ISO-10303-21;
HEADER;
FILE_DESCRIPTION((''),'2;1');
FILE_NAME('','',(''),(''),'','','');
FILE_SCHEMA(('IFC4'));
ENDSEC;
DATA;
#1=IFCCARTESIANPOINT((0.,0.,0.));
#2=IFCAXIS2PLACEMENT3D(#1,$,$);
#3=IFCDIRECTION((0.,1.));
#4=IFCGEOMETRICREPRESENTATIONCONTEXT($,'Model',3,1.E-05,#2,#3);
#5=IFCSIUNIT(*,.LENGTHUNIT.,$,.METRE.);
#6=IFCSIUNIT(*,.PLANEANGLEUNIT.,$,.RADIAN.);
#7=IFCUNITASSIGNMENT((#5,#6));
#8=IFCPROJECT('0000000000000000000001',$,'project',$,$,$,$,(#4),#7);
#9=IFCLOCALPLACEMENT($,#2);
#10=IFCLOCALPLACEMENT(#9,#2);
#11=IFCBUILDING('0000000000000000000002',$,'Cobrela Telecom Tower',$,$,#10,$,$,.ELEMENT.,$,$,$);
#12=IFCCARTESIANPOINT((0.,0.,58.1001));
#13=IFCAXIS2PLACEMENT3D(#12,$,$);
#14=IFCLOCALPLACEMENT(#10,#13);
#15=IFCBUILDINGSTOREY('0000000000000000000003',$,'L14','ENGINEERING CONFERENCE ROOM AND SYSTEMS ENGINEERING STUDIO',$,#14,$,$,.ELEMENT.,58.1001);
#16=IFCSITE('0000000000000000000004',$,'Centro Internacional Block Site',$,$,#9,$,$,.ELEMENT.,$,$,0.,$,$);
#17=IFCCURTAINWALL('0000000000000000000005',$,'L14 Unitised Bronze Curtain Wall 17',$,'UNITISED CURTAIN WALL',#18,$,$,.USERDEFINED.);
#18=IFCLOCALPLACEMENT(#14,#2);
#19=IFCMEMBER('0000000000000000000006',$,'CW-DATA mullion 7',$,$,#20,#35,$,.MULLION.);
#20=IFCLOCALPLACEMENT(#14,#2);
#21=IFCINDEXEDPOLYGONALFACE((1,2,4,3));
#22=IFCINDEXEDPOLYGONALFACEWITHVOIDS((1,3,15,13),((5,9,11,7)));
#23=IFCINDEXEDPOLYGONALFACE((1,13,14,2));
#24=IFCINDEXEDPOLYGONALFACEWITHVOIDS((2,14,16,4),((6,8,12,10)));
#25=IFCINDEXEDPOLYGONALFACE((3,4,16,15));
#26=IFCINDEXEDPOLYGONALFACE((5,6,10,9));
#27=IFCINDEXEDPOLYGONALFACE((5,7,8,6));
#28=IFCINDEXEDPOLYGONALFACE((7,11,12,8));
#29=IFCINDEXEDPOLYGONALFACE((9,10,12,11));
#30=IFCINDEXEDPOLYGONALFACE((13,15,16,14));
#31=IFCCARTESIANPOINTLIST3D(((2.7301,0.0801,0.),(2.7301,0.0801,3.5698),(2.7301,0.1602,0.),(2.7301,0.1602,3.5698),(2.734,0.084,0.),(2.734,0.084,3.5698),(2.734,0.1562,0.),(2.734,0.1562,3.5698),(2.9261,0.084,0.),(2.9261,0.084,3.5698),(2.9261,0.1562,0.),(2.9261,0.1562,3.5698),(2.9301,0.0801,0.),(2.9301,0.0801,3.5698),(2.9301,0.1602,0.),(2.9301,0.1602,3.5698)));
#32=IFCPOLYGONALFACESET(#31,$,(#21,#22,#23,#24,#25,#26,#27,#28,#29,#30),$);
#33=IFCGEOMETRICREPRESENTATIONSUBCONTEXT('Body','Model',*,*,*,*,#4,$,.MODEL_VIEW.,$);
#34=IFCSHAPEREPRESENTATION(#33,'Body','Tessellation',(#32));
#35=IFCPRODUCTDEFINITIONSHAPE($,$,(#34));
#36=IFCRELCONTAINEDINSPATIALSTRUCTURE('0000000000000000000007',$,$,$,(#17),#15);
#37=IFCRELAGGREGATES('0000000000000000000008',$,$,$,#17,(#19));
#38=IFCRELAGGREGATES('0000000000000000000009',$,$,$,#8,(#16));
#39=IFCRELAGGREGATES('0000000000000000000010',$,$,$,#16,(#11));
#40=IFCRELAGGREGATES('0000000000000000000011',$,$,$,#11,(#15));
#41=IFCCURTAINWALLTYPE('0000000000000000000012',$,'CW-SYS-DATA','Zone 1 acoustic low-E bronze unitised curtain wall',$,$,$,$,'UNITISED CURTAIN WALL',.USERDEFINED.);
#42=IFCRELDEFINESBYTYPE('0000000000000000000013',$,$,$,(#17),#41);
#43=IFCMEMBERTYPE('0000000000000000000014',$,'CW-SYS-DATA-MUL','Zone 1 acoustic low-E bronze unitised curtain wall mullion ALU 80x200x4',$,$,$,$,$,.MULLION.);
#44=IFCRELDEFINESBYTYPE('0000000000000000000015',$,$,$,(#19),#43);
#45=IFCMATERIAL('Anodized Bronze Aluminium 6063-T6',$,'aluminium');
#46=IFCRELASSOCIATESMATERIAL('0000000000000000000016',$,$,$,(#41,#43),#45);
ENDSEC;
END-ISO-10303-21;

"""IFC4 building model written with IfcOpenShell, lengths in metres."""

from ifc_helpers import new_model, si_unit, direction, frame, origin, origin_2d, place, context, subcontext, project, spatial, hollow_rectangle, extrude, material, material_profile, profile_set, type_object, element, aggregate, save


model = new_model("IFC4")

# Units and contexts
model_context = context("Model", 3, precision=1e-05, world=origin(), true_north=direction((0.0, 1.0)))
body_context = subcontext(model_context, "Body", "Model", "MODEL_VIEW")
ifc_project = project(units=[si_unit("LENGTHUNIT", "METRE"), si_unit("PLANEANGLEUNIT", "RADIAN")], contexts=[model_context])

# Site, building, storey
site_placement = place(None, origin())
site = spatial("IfcSite", under=ifc_project, at=site_placement, Name="Centro Internacional Block Site", CompositionType="ELEMENT", RefElevation=0.0)
building_placement = place(site_placement, origin())
building = spatial("IfcBuilding", under=site, at=building_placement, Name="Cobrela Telecom Tower", CompositionType="ELEMENT")
storey_placement = place(building_placement, frame((0.0, 0.0, 58.1001)))
storey = spatial("IfcBuildingStorey", under=building, at=storey_placement, Name="L14", Description="ENGINEERING CONFERENCE ROOM AND SYSTEMS ENGINEERING STUDIO", CompositionType="ELEMENT", Elevation=58.1001)

# Curtain wall, member
ifc_material_1 = material(Name="Anodized Bronze Aluminium 6063-T6", Category="aluminium")
curtain_wall_type = type_object("IfcCurtainWallType", Name="CW-SYS-DATA", Description="Zone 1 acoustic low-E bronze unitised curtain wall", ElementType="UNITISED CURTAIN WALL", PredefinedType="USERDEFINED", material=ifc_material_1)
curtain_wall_placement = place(storey_placement, origin())
curtain_wall = element("IfcCurtainWall", 1, at=curtain_wall_placement, inside=storey, type_object=curtain_wall_type, Name="L14 Unitised Bronze Curtain Wall 17", ObjectType="UNITISED CURTAIN WALL", PredefinedType="USERDEFINED")
ifc_material_profile = material_profile(ifc_material_1, hollow_rectangle(XDim=0.0801, YDim=0.2, WallThickness=0.0039, at=origin_2d()), Name="ALU 80x200x4")
ifc_profile_set = profile_set([ifc_material_profile], Name="Anodized Bronze Aluminium 6063-T6")
member_type = type_object("IfcMemberType", Name="CW-SYS-DATA-MUL", Description="Zone 1 acoustic low-E bronze unitised curtain wall mullion ALU 80x200x4", PredefinedType="MULLION", material=ifc_profile_set)
member_placement = place(storey_placement, frame((2.8301, 0.1201, 0.0), z_axis=(0.0, 0.0, 1.0), x_axis=(0.0, -1.0, 0.0)))
member = element("IfcMember", 2, at=member_placement, type_object=member_type, Name="CW-DATA mullion 7", PredefinedType="MULLION", context=body_context, shape_type="SweptSolid", body=[
    extrude(hollow_rectangle(XDim=0.0801, YDim=0.2, WallThickness=0.0039, at=origin_2d()), origin(), (0.0, 0.0, 1.0), 3.5698),
])
aggregate(curtain_wall, [member])

save(model, "model.ifc")
